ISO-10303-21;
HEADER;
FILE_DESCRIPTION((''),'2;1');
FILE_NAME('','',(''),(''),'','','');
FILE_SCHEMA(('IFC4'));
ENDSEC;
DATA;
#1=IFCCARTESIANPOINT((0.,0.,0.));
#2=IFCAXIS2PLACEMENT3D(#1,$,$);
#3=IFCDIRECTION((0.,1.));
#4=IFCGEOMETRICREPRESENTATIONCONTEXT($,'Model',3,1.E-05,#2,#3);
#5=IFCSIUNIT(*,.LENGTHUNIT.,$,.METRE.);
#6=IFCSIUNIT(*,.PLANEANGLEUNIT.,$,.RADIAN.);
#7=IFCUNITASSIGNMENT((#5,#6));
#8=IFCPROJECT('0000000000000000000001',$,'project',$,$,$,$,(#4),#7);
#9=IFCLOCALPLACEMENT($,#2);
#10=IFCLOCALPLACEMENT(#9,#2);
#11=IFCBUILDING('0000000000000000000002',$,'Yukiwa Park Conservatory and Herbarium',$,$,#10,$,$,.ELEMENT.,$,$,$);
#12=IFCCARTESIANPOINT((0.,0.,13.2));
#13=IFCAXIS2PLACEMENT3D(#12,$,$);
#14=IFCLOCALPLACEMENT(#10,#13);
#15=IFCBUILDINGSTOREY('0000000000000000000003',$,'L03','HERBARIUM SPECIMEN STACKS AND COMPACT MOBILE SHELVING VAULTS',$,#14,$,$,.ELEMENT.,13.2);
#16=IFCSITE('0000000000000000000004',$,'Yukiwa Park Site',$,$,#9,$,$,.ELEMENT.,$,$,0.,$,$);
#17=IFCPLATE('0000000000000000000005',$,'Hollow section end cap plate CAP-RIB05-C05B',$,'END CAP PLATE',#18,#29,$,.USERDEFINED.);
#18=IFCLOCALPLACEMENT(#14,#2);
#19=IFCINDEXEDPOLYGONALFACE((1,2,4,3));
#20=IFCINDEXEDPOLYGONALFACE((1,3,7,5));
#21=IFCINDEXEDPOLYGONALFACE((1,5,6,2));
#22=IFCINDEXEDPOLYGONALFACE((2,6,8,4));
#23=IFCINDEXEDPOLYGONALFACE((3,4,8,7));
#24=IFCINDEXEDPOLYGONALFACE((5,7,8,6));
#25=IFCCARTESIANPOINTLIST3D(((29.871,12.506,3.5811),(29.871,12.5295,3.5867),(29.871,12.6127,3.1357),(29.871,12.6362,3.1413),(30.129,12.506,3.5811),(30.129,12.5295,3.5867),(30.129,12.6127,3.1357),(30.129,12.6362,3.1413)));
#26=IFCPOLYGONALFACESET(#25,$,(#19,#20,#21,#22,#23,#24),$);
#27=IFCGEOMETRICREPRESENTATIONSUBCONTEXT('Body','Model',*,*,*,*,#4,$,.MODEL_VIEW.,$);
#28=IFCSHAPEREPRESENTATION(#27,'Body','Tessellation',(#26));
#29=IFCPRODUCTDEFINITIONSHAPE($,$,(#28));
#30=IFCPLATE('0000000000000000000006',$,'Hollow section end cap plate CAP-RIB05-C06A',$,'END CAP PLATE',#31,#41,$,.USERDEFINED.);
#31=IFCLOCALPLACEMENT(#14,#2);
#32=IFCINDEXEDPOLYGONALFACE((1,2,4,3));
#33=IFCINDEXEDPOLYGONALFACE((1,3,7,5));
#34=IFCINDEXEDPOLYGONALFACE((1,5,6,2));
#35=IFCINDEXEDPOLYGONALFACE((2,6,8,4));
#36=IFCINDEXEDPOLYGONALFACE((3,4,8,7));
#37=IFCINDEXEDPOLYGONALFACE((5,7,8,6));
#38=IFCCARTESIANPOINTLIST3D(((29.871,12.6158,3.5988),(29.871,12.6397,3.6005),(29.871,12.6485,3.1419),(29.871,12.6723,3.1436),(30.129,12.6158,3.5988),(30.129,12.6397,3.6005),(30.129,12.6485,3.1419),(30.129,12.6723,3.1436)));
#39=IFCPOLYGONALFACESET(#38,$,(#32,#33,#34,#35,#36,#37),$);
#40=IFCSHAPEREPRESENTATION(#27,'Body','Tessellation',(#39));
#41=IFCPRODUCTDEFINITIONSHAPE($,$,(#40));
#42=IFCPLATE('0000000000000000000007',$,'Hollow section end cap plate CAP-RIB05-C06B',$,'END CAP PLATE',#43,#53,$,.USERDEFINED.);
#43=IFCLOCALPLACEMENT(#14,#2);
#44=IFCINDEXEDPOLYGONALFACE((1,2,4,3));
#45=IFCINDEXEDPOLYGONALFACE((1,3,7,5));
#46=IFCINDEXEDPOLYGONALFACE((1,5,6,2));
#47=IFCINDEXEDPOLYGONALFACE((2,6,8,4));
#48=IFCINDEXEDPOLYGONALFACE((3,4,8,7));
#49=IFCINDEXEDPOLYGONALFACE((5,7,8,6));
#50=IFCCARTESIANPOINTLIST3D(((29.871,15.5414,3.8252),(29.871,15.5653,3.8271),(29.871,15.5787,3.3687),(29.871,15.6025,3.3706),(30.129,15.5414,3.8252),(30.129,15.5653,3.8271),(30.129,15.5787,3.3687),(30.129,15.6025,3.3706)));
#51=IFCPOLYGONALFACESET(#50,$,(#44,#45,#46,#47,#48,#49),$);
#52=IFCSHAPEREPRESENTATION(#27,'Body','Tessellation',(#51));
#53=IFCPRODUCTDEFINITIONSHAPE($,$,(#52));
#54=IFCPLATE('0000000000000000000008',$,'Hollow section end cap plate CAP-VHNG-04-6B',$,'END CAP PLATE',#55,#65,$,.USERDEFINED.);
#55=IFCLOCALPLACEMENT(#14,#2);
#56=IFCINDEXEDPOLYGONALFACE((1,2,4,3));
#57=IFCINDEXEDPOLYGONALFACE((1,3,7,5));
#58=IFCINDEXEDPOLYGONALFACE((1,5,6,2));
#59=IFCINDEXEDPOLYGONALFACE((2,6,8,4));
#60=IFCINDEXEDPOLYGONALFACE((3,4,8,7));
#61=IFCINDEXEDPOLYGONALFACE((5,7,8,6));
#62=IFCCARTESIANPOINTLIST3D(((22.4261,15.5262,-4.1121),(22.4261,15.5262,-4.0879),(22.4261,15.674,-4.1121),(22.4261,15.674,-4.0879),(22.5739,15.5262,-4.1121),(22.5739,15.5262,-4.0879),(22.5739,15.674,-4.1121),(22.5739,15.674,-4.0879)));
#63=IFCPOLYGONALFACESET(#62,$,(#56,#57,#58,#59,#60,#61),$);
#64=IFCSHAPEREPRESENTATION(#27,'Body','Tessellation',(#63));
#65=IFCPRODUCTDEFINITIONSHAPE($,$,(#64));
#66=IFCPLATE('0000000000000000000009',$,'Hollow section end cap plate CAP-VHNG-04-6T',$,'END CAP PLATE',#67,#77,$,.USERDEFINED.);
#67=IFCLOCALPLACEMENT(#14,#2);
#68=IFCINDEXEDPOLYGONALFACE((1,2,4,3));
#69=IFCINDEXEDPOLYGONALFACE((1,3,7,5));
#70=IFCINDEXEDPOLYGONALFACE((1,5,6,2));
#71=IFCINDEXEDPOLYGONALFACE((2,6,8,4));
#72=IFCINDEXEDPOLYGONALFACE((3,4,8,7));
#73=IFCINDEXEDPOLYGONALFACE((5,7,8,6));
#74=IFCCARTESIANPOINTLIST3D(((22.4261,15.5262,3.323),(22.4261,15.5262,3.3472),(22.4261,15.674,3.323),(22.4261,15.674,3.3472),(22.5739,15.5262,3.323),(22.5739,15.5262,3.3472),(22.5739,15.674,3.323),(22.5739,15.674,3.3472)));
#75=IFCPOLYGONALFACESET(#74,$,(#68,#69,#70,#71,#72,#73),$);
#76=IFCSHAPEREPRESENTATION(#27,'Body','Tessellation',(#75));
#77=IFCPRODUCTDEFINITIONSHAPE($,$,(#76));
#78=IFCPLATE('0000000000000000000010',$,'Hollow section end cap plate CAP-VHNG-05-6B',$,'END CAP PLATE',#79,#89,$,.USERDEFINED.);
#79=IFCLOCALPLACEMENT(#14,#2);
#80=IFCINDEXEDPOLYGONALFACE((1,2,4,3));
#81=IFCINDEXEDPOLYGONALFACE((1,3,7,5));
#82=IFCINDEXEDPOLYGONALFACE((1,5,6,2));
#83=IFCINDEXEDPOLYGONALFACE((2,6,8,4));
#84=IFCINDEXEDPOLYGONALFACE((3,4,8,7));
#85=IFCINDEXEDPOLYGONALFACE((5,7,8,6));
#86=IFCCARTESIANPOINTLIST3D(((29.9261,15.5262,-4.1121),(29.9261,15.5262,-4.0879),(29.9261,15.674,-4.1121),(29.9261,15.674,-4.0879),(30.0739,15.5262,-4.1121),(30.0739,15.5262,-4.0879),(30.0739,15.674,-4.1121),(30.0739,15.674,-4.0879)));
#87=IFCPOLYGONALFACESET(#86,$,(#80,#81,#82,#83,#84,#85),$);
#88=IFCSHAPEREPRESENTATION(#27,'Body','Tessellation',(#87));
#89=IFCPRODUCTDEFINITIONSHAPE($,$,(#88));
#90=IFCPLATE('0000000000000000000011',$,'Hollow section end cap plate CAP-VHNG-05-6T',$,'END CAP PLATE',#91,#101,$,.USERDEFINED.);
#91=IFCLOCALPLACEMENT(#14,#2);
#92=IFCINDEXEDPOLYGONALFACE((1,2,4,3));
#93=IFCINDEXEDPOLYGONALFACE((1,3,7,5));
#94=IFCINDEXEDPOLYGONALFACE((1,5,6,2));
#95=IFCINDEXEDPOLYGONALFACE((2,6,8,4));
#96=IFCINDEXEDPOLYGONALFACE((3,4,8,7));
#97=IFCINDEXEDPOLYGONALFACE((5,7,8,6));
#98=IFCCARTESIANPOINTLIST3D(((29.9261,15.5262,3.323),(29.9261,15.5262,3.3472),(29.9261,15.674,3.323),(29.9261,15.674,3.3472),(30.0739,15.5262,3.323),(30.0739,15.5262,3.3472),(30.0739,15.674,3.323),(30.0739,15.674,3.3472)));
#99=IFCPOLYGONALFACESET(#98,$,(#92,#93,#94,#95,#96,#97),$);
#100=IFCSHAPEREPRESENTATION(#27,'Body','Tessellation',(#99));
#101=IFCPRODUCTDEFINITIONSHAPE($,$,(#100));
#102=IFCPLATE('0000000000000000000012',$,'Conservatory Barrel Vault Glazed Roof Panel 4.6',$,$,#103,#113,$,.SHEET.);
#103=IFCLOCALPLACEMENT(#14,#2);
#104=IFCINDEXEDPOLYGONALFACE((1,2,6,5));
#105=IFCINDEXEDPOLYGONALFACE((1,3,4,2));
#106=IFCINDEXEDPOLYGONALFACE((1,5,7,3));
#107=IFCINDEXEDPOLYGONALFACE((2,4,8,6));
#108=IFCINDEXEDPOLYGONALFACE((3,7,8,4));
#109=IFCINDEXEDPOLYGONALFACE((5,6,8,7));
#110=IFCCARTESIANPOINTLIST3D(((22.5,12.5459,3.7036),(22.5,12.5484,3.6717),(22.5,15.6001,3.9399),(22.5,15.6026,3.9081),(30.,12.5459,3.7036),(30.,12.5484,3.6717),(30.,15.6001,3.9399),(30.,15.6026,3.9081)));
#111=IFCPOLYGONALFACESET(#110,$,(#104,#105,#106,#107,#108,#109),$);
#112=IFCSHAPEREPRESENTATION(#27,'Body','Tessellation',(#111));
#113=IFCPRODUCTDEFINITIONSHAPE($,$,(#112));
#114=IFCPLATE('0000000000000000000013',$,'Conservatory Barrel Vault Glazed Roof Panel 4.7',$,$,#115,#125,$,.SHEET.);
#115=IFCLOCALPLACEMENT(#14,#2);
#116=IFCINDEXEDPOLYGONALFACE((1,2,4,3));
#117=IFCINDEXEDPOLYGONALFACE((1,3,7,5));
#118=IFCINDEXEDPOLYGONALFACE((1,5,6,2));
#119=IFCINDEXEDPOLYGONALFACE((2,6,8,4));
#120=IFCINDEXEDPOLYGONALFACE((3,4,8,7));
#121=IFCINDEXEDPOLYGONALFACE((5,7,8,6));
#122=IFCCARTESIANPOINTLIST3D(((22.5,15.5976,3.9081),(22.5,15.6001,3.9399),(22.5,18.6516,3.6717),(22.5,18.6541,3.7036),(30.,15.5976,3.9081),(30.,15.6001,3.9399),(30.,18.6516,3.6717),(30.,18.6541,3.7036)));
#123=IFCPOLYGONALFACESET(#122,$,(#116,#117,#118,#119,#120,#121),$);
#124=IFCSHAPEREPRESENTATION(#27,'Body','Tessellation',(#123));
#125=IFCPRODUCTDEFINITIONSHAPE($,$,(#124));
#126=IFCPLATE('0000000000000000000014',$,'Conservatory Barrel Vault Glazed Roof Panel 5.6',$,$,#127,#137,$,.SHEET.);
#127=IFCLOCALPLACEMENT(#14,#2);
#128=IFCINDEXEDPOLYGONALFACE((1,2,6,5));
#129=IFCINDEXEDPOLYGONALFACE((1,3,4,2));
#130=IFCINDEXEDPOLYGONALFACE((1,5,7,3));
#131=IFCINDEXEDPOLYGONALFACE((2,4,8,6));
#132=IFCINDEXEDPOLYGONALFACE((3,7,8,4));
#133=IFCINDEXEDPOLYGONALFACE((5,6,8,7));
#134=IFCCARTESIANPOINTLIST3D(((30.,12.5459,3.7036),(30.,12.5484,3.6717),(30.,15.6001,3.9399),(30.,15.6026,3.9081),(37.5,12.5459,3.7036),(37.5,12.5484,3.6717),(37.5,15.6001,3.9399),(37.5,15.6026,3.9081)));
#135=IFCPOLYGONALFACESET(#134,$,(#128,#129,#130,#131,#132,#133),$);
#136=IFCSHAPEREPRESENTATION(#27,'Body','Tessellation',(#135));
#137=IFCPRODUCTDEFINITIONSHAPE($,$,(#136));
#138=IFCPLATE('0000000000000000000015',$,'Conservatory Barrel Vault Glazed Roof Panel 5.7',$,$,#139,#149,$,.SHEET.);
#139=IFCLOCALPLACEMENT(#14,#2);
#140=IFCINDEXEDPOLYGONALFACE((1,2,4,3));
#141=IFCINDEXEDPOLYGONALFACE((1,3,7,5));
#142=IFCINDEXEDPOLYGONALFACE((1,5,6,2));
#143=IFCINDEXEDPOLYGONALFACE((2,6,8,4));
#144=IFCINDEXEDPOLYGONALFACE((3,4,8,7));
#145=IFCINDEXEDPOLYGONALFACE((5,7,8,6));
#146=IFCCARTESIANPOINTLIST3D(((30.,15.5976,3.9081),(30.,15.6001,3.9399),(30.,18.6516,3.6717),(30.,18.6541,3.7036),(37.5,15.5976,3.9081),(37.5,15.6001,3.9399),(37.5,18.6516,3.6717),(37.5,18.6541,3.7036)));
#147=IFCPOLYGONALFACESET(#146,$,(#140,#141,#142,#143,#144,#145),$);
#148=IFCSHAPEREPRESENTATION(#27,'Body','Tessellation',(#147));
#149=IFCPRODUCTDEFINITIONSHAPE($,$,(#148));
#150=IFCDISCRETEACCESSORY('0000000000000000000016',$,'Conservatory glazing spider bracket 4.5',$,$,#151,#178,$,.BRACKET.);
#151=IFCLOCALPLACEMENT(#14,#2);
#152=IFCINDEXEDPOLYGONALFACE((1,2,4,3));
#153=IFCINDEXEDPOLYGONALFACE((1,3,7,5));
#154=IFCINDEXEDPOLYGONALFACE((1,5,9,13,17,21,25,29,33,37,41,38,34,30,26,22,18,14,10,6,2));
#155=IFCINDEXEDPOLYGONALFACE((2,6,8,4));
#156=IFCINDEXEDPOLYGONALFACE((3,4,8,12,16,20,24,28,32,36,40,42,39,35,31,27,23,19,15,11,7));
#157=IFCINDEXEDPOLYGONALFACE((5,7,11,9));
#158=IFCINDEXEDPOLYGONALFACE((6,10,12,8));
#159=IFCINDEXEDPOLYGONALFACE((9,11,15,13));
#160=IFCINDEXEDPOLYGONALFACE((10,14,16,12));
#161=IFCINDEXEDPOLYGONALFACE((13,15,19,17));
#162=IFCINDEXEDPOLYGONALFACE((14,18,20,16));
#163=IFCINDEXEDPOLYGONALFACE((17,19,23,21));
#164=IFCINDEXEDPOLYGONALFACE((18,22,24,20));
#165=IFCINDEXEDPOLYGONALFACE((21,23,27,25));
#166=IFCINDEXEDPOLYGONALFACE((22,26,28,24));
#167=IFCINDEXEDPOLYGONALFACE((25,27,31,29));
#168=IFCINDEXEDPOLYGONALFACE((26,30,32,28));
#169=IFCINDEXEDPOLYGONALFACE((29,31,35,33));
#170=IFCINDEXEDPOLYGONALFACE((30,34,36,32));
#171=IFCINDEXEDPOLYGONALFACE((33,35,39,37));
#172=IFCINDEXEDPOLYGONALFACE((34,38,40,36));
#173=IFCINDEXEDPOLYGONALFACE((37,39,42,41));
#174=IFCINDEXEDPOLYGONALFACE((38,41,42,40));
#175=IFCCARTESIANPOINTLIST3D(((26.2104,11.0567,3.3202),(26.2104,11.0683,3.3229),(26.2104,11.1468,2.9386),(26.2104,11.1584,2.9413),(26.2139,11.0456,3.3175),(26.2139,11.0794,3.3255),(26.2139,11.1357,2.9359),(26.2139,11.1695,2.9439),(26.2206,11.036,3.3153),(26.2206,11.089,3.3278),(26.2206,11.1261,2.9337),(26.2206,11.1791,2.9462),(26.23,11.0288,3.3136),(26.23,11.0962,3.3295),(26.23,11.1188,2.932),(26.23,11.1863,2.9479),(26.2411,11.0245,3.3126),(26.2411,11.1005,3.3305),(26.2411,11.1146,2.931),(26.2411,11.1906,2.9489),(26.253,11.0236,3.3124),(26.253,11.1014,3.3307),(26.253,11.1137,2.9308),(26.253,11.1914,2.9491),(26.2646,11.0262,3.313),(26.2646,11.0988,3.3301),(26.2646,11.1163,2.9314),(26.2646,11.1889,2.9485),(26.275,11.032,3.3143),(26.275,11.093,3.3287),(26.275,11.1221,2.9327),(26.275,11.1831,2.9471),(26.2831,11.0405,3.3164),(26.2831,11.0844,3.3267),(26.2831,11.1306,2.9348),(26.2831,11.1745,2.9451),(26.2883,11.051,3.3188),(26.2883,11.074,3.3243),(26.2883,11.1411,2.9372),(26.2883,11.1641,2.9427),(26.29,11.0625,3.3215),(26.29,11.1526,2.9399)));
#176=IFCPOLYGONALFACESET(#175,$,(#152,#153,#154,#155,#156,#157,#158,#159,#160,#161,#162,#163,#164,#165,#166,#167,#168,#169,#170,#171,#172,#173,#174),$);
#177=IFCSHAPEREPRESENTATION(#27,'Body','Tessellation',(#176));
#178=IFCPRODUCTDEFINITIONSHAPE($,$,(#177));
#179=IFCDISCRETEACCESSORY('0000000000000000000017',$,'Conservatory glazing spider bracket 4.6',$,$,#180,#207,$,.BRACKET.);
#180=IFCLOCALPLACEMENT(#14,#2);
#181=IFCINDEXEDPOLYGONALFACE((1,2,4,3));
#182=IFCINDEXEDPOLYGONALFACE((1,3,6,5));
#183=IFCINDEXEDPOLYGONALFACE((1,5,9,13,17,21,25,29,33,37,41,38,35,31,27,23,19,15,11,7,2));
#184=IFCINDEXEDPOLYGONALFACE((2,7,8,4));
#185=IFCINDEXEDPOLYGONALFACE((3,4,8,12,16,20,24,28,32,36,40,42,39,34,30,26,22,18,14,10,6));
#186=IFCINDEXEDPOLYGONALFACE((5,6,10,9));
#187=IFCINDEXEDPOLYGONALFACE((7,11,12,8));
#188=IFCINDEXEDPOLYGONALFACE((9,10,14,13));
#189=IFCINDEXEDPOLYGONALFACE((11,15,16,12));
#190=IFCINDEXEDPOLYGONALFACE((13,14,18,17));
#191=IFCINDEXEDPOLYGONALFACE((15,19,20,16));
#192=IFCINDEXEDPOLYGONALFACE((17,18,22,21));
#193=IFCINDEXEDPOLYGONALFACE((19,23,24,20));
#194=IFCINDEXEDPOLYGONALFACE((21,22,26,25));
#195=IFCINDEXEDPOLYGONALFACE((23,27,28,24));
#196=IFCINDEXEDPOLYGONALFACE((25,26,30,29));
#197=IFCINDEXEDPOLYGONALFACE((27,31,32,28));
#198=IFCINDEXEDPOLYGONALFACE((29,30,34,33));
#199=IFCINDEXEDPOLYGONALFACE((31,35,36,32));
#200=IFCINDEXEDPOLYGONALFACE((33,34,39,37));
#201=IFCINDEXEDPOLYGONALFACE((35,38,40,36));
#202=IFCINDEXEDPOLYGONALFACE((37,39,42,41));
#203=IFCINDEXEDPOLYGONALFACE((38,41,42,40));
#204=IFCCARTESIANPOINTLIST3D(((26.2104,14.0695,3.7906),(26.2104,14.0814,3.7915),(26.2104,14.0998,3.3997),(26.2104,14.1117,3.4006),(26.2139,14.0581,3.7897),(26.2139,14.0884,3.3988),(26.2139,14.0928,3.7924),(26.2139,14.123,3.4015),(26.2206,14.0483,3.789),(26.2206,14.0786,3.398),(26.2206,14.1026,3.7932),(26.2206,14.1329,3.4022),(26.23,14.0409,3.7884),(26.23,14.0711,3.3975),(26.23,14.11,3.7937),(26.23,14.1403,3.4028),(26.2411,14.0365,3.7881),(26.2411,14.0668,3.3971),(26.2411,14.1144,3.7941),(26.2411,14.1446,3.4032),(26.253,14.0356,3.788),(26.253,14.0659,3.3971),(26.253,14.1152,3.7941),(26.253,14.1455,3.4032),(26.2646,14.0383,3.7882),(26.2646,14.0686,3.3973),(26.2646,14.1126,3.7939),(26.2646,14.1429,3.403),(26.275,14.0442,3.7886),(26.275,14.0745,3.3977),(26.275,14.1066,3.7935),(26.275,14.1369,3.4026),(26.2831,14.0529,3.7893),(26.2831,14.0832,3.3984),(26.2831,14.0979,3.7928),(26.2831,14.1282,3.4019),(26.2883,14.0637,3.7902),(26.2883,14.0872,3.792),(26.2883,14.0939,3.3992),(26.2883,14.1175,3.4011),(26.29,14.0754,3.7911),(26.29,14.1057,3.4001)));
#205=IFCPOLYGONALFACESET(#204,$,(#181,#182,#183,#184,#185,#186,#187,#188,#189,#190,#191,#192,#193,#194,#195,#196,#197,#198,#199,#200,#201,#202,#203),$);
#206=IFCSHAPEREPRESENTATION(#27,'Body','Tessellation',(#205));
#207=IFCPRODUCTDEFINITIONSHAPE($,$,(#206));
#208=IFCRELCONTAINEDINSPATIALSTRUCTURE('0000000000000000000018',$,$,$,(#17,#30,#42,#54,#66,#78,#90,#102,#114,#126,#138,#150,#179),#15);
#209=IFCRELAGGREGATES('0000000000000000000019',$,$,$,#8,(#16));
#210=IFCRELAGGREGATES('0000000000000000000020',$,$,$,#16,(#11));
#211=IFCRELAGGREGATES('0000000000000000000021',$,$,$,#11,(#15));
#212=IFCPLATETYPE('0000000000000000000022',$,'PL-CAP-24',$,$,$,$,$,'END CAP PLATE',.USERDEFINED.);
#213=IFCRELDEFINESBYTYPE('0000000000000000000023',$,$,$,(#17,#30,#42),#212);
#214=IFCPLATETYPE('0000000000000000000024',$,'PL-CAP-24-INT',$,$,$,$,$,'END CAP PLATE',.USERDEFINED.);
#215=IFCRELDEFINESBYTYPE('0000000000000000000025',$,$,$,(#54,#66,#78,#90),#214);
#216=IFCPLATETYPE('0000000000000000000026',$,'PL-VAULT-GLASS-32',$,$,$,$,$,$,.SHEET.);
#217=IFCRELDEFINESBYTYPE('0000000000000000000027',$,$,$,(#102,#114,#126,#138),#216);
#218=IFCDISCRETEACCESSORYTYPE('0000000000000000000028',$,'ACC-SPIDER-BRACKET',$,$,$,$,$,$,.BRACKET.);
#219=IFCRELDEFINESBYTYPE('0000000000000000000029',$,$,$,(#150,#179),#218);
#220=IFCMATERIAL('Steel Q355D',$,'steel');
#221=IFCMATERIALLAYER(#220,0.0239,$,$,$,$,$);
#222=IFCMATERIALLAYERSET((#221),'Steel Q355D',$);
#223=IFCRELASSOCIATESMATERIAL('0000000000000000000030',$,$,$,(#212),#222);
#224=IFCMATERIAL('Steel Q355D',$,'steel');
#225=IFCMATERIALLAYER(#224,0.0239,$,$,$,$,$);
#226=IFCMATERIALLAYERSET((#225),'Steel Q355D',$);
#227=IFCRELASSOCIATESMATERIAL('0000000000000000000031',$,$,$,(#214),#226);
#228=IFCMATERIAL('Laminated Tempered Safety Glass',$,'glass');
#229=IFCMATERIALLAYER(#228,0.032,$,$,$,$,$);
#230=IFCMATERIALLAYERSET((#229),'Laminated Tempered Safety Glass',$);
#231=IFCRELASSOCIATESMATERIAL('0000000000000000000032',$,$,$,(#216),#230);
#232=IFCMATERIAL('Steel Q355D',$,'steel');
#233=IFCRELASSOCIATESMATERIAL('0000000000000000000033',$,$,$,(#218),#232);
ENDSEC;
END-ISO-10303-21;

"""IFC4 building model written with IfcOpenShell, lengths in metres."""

from ifc_helpers import new_model, si_unit, direction, frame, origin, origin_2d, place, context, subcontext, project, spatial, polyline, rectangle, circle, outline, extrude, material, layer, layer_set, type_object, element, save


model = new_model("IFC4")

# Units and contexts
model_context = context("Model", 3, precision=1e-05, world=origin(), true_north=direction((0.0, 1.0)))
body_context = subcontext(model_context, "Body", "Model", "MODEL_VIEW")
ifc_project = project(units=[si_unit("LENGTHUNIT", "METRE"), si_unit("PLANEANGLEUNIT", "RADIAN")], contexts=[model_context])

# Site, building, storey
site_placement = place(None, origin())
site = spatial("IfcSite", under=ifc_project, at=site_placement, Name="Yukiwa Park Site", CompositionType="ELEMENT", RefElevation=0.0)
building_placement = place(site_placement, origin())
building = spatial("IfcBuilding", under=site, at=building_placement, Name="Yukiwa Park Conservatory and Herbarium", CompositionType="ELEMENT")
storey_placement = place(building_placement, frame((0.0, 0.0, 13.2)))
storey = spatial("IfcBuildingStorey", under=building, at=storey_placement, Name="L03", Description="HERBARIUM SPECIMEN STACKS AND COMPACT MOBILE SHELVING VAULTS", CompositionType="ELEMENT", Elevation=13.2)

# Plates
ifc_material_1 = material(Name="Steel Q355D", Category="steel")
ifc_layer_1 = layer(ifc_material_1, 0.0239)
ifc_layer_set_1 = layer_set([ifc_layer_1], Name="Steel Q355D")
plate_type_1 = type_object("IfcPlateType", Name="PL-CAP-24", ElementType="END CAP PLATE", PredefinedType="USERDEFINED", material=ifc_layer_set_1)
plate_1_placement = place(storey_placement, frame((30.0, 12.5593, 3.3584), z_axis=(0.0, 0.972479, 0.23299), x_axis=(-1.0, 0.0, 0.0)))
element("IfcPlate", 1, at=plate_1_placement, inside=storey, type_object=plate_type_1, Name="Hollow section end cap plate CAP-RIB05-C05B", ObjectType="END CAP PLATE", PredefinedType="USERDEFINED", context=body_context, shape_type="SweptSolid", body=[
    extrude(rectangle(XDim=0.2581, YDim=0.458, at=origin_2d()), origin(), (0.0, 0.0, 1.0), 0.0242),
])
for number, where, z_axis, x_axis, name in (
    (2, (30.0, 12.656, 3.3721), (0.0, -0.997459, -0.071247), (1.0, 0.0, 0.0), "Hollow section end cap plate CAP-RIB05-C06A"),
    (3, (30.0, 15.5601, 3.5969), (0.0, 0.996685, 0.081362), (-1.0, 0.0, 0.0), "Hollow section end cap plate CAP-RIB05-C06B"),
):
    element("IfcPlate", number, at=place(storey_placement, frame(where, z_axis=z_axis, x_axis=x_axis)), inside=storey, type_object=plate_type_1, Name=name, ObjectType="END CAP PLATE", PredefinedType="USERDEFINED", context=body_context, shape_type="SweptSolid", body=[
        extrude(rectangle(XDim=0.2581, YDim=0.458, at=origin_2d()), origin(), (0.0, 0.0, 1.0), 0.0239),
    ])
ifc_material_2 = material(Name="Steel Q355D", Category="steel")
ifc_layer_2 = layer(ifc_material_2, 0.0239)
ifc_layer_set_2 = layer_set([ifc_layer_2], Name="Steel Q355D")
plate_type_2 = type_object("IfcPlateType", Name="PL-CAP-24-INT", ElementType="END CAP PLATE", PredefinedType="USERDEFINED", material=ifc_layer_set_2)
for number, where, z_axis, x_axis, name in (
    (4, (22.5, 15.6001, -4.0879), (0.0, 0.0, -1.0), (1.0, 0.0, 0.0), "Hollow section end cap plate CAP-VHNG-04-6B"),
    (5, (22.5, 15.6001, 3.323), (0.0, 0.0, 1.0), (1.0, 0.0, 0.0), "Hollow section end cap plate CAP-VHNG-04-6T"),
    (6, (30.0, 15.6001, -4.0879), (0.0, 0.0, -1.0), (1.0, 0.0, 0.0), "Hollow section end cap plate CAP-VHNG-05-6B"),
    (7, (30.0, 15.6001, 3.323), (0.0, 0.0, 1.0), (1.0, 0.0, 0.0), "Hollow section end cap plate CAP-VHNG-05-6T"),
):
    element("IfcPlate", number, at=place(storey_placement, frame(where, z_axis=z_axis, x_axis=x_axis)), inside=storey, type_object=plate_type_2, Name=name, ObjectType="END CAP PLATE", PredefinedType="USERDEFINED", context=body_context, shape_type="SweptSolid", body=[
        extrude(rectangle(XDim=0.1477, YDim=0.1477, at=origin_2d()), origin(), (0.0, 0.0, 1.0), 0.0242),
    ])
ifc_material_3 = material(Name="Laminated Tempered Safety Glass", Category="glass")
ifc_layer_3 = layer(ifc_material_3, 0.032)
ifc_layer_set_3 = layer_set([ifc_layer_3], Name="Laminated Tempered Safety Glass")
plate_type_3 = type_object("IfcPlateType", Name="PL-VAULT-GLASS-32", PredefinedType="SHEET", material=ifc_layer_set_3)
plate_2_placement = place(storey_placement, frame((22.5, 12.5459, 3.7036), z_axis=(0.0, -0.077147, 0.99702), x_axis=(1.0, 0.0, 0.0)))
element("IfcPlate", 8, at=plate_2_placement, inside=storey, type_object=plate_type_3, Name="Conservatory Barrel Vault Glazed Roof Panel 4.6", PredefinedType="SHEET", context=body_context, shape_type="SweptSolid", body=[
    extrude(outline(polyline([(0.0, 0.0), (7.5, 0.0), (7.5, 3.0633), (0.0, 3.0633), (0.0, 0.0)])), origin(), (0.0, 0.0, -1.0), 0.032),
])
plate_3_placement = place(storey_placement, frame((22.5, 15.6001, 3.9399), z_axis=(0.0, 0.077154, 0.997019), x_axis=(1.0, 0.0, 0.0)))
element("IfcPlate", 9, at=plate_3_placement, inside=storey, type_object=plate_type_3, Name="Conservatory Barrel Vault Glazed Roof Panel 4.7", PredefinedType="SHEET", context=body_context, shape_type="SweptSolid", body=[
    extrude(outline(polyline([(0.0, 0.0), (7.5, 0.0), (7.5, 3.0631), (0.0, 3.0631), (0.0, 0.0)])), origin(), (0.0, 0.0, -1.0), 0.032),
])
plate_4_placement = place(storey_placement, frame((30.0, 12.5459, 3.7036), z_axis=(0.0, -0.077147, 0.99702), x_axis=(1.0, 0.0, 0.0)))
element("IfcPlate", 10, at=plate_4_placement, inside=storey, type_object=plate_type_3, Name="Conservatory Barrel Vault Glazed Roof Panel 5.6", PredefinedType="SHEET", context=body_context, shape_type="SweptSolid", body=[
    extrude(outline(polyline([(0.0, 0.0), (7.5, 0.0), (7.5, 3.0633), (0.0, 3.0633), (0.0, 0.0)])), origin(), (0.0, 0.0, -1.0), 0.032),
])
plate_5_placement = place(storey_placement, frame((30.0, 15.6001, 3.9399), z_axis=(0.0, 0.077154, 0.997019), x_axis=(1.0, 0.0, 0.0)))
element("IfcPlate", 11, at=plate_5_placement, inside=storey, type_object=plate_type_3, Name="Conservatory Barrel Vault Glazed Roof Panel 5.7", PredefinedType="SHEET", context=body_context, shape_type="SweptSolid", body=[
    extrude(outline(polyline([(0.0, 0.0), (7.5, 0.0), (7.5, 3.0631), (0.0, 3.0631), (0.0, 0.0)])), origin(), (0.0, 0.0, -1.0), 0.032),
])

# Discrete accessories
ifc_material_4 = material(Name="Steel Q355D", Category="steel")
discrete_accessory_type = type_object("IfcDiscreteAccessoryType", Name="ACC-SPIDER-BRACKET", PredefinedType="BRACKET", material=ifc_material_4)
for number, where, z_axis, x_axis, name in (
    (12, (26.25, 11.1526, 2.9399), (0.0, -0.229768, 0.973245), (1.0, 0.0, 0.0), "Conservatory glazing spider bracket 4.5"),
    (13, (26.25, 14.1057, 3.4001), (0.0, -0.07722, 0.997014), (1.0, 0.0, 0.0), "Conservatory glazing spider bracket 4.6"),
):
    element("IfcDiscreteAccessory", number, at=place(storey_placement, frame(where, z_axis=z_axis, x_axis=x_axis)), inside=storey, type_object=discrete_accessory_type, Name=name, PredefinedType="BRACKET", context=body_context, shape_type="SweptSolid", body=[
        extrude(circle(Radius=0.04, at=origin_2d()), origin(), (0.0, 0.0, 1.0), 0.3921),
    ])

save(model, "model.ifc")
